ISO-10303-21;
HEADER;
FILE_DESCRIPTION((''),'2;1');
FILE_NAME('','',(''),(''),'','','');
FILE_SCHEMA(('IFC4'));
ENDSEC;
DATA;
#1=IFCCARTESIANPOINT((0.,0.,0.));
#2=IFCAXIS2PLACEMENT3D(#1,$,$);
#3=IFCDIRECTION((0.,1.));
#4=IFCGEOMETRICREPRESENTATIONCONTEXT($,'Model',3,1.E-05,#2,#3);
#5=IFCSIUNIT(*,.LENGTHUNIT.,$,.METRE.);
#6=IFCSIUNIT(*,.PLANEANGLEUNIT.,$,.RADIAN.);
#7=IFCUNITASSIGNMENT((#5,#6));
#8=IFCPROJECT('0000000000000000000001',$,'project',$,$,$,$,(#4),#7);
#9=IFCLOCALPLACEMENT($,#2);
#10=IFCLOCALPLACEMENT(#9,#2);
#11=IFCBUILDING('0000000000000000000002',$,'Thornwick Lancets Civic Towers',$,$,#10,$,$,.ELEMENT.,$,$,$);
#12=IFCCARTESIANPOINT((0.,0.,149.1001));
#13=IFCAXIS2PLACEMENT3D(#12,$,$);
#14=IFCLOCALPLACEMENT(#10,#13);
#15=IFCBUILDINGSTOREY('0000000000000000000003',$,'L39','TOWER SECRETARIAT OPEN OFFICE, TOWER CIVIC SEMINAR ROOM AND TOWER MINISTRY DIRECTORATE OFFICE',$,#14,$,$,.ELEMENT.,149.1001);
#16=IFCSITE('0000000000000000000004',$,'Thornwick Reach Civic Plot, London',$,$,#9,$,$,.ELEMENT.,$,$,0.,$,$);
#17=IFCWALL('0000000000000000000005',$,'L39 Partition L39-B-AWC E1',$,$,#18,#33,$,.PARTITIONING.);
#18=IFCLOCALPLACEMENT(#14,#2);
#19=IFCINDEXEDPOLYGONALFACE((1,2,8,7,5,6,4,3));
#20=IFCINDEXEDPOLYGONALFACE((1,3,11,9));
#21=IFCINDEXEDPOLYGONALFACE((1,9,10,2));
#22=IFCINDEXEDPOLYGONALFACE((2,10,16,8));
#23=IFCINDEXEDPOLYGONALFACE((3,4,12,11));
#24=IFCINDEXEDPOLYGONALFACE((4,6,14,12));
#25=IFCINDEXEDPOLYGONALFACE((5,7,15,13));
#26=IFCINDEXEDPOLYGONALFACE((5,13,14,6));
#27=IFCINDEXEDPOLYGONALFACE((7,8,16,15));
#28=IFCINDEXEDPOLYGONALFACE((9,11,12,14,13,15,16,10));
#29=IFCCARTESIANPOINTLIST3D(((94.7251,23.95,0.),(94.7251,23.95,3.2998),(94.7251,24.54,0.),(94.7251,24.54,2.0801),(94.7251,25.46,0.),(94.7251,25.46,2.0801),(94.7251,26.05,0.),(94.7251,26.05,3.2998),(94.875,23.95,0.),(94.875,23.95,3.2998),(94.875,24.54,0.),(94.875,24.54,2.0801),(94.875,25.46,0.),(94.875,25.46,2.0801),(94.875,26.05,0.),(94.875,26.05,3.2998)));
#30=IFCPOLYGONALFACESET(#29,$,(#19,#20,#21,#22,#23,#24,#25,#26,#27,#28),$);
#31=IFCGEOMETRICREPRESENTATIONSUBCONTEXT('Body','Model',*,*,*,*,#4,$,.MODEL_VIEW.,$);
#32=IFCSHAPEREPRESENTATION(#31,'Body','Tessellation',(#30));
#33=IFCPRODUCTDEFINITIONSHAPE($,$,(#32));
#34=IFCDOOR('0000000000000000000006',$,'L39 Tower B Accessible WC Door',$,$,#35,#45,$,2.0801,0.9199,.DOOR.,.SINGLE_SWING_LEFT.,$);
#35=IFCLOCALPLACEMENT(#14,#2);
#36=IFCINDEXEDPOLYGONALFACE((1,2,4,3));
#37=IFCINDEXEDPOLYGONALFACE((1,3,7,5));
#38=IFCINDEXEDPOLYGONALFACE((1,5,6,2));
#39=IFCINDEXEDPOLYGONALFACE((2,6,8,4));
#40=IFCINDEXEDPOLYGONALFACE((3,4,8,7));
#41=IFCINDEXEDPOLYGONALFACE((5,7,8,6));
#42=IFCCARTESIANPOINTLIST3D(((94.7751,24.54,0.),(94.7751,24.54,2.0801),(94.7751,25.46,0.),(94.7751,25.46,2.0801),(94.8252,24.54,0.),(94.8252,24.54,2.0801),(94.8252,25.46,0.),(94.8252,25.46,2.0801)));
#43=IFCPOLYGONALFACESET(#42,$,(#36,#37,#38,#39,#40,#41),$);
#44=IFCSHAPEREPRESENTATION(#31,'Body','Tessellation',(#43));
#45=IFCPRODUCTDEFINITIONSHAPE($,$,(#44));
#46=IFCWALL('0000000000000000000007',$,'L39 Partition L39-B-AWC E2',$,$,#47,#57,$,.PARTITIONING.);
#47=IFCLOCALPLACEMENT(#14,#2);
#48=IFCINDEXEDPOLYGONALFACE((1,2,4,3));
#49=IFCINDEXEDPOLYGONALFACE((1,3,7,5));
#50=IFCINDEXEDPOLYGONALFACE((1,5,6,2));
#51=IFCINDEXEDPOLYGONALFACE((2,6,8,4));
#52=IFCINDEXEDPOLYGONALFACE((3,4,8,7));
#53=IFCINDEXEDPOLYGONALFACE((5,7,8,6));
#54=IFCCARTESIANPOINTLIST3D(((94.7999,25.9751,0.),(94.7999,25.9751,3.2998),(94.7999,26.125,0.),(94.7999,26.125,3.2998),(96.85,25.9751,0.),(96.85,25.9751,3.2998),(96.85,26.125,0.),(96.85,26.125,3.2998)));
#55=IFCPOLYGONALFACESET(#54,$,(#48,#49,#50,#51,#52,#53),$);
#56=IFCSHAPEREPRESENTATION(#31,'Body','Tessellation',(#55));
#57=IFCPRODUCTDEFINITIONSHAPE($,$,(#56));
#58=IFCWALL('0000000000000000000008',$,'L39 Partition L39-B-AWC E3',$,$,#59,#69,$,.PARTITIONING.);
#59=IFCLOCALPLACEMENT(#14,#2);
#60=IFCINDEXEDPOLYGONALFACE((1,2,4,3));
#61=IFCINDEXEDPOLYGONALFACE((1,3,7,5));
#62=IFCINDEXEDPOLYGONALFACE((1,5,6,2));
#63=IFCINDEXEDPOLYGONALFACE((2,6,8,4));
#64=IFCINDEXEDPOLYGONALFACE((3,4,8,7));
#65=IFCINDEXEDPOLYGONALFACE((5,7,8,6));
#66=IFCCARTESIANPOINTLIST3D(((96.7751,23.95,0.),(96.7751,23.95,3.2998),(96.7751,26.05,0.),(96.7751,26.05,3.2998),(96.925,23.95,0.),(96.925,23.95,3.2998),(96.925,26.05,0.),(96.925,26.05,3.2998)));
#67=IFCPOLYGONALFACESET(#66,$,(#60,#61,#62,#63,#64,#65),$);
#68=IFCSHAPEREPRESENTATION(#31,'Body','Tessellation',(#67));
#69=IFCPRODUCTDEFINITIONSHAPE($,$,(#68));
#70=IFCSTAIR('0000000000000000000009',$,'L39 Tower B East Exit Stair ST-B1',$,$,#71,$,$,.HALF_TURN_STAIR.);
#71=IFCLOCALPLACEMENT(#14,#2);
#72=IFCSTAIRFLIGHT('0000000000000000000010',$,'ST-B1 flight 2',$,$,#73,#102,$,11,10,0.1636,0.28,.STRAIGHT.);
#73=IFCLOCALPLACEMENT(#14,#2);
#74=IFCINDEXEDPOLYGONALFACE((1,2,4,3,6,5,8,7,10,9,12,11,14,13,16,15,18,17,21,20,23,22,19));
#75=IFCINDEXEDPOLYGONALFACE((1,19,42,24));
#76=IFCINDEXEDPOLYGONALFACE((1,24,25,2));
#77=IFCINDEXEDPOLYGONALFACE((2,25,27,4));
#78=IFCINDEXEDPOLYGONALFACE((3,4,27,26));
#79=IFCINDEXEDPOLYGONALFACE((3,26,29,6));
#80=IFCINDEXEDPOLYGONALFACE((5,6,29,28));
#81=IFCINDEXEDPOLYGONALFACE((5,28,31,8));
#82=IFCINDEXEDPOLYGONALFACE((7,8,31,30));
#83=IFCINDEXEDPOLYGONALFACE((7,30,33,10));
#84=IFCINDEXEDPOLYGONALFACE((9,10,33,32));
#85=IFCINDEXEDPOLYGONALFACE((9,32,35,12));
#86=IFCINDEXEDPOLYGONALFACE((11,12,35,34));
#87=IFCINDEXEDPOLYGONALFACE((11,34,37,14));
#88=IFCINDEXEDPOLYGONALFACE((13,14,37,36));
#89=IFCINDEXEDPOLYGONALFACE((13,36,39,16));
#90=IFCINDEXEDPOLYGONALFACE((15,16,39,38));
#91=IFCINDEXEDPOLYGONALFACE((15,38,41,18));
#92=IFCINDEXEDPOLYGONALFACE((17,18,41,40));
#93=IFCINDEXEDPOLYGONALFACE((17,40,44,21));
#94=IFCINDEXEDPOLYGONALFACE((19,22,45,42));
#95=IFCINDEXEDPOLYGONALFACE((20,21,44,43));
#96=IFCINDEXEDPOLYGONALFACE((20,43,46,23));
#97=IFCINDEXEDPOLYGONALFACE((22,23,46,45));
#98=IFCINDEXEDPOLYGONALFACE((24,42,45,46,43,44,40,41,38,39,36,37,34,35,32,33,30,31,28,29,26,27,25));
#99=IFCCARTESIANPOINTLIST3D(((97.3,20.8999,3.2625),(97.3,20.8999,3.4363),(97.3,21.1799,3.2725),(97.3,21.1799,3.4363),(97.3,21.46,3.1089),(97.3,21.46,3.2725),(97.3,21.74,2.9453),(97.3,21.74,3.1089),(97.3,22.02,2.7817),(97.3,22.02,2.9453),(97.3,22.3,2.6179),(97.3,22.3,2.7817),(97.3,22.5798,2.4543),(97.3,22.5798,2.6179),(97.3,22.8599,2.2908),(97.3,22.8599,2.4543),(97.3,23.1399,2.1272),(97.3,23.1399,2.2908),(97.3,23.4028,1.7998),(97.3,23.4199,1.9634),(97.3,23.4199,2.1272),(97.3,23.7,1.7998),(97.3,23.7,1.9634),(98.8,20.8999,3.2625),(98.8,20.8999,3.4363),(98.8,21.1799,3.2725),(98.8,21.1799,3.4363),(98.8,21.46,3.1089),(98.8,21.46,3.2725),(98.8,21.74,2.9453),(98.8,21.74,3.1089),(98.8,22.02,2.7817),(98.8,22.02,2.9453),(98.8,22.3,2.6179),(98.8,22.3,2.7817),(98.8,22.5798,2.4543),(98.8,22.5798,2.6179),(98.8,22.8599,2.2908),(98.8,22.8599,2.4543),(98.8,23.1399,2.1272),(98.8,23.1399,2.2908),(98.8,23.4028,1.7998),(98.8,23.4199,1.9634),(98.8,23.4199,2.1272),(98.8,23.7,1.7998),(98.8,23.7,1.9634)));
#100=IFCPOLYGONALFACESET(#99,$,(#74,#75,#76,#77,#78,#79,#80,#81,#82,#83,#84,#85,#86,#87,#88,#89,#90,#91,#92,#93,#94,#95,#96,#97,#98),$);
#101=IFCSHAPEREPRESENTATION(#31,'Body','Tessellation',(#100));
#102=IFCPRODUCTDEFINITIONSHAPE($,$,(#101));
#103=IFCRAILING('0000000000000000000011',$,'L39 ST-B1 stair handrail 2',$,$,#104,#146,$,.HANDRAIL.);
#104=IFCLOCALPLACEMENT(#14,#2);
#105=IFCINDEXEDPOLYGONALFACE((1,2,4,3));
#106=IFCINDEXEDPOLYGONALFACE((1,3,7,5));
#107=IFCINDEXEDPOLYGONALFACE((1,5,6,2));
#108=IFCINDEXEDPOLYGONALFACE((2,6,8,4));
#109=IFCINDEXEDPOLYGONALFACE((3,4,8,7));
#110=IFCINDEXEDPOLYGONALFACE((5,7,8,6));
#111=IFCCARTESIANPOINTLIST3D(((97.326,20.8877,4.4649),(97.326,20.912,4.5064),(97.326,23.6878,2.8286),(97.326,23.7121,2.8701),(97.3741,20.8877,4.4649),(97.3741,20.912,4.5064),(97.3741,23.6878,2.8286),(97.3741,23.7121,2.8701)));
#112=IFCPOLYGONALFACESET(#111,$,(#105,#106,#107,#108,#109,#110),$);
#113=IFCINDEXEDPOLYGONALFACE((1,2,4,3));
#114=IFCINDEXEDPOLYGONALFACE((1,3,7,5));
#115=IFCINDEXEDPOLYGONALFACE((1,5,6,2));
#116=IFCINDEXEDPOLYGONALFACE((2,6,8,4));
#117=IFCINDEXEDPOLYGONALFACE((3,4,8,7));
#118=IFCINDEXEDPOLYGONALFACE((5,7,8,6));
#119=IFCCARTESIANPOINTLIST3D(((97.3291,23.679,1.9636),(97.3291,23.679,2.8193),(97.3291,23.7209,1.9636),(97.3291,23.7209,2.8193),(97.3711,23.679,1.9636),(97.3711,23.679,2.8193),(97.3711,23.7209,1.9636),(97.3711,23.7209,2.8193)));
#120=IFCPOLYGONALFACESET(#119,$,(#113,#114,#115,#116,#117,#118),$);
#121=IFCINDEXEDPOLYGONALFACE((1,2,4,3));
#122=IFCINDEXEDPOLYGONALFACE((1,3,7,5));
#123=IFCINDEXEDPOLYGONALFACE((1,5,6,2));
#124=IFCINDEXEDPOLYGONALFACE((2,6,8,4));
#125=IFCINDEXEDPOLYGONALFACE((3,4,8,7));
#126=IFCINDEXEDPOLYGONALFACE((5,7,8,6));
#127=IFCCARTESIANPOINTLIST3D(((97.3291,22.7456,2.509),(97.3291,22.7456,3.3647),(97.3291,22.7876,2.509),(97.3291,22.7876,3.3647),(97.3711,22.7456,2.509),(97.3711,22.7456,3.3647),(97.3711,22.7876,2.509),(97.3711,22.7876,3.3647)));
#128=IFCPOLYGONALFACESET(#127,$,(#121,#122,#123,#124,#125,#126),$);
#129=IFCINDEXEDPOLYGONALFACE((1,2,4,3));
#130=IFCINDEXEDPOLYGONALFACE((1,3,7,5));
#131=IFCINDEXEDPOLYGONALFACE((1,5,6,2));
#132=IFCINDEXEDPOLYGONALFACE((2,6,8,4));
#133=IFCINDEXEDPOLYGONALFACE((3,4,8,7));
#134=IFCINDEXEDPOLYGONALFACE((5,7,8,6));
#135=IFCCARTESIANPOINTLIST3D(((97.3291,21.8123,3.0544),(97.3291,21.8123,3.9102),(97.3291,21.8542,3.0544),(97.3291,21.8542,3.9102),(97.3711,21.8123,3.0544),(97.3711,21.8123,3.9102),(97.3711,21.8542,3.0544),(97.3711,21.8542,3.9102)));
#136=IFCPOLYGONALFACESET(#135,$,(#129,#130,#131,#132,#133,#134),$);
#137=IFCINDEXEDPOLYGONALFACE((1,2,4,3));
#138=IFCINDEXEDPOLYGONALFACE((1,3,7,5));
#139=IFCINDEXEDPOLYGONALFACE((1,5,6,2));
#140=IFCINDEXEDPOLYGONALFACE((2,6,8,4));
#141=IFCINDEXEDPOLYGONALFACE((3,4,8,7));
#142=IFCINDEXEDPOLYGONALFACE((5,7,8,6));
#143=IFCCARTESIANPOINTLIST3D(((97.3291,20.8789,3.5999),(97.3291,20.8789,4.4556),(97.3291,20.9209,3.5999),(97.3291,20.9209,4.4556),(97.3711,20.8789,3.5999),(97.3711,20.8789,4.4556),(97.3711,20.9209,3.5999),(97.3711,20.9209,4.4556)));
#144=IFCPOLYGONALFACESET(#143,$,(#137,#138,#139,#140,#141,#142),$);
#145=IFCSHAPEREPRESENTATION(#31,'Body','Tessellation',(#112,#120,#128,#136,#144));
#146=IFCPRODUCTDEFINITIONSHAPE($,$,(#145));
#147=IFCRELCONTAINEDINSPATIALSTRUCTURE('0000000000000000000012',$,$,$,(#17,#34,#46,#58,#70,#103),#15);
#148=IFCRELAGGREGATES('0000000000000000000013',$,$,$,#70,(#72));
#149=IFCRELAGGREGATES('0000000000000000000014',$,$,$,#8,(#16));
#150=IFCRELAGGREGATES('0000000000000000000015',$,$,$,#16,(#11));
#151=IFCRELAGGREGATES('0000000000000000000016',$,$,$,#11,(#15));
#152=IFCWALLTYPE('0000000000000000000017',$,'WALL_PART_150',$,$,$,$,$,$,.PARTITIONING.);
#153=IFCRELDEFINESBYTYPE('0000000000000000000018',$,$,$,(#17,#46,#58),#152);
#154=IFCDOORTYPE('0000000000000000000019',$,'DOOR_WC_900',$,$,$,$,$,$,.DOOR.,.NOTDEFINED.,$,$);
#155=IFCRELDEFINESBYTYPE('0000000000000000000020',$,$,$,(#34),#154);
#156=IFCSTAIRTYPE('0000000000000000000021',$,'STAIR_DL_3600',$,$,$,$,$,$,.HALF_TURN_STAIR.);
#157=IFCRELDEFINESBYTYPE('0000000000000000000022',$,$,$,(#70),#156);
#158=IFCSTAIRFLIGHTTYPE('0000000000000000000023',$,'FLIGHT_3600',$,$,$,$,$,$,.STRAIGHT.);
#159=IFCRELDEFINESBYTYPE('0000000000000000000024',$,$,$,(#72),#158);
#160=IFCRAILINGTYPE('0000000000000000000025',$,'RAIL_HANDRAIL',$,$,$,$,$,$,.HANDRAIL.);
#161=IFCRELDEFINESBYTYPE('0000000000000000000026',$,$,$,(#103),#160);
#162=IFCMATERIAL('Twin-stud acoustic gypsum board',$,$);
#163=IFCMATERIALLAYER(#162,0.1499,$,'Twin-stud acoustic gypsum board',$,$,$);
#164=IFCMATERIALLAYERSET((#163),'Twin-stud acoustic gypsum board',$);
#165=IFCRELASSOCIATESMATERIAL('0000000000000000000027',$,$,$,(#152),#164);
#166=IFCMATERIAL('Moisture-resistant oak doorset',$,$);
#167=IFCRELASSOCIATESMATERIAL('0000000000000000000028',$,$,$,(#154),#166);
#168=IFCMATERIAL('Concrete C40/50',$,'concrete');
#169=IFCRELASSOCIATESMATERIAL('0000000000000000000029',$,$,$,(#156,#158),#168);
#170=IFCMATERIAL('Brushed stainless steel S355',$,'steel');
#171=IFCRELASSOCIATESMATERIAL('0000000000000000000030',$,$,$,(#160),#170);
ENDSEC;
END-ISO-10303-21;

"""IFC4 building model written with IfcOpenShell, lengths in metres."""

from ifc_helpers import new_model, si_unit, direction, frame, frame_2d, origin, origin_2d, place, context, subcontext, project, spatial, polyline, rectangle, outline, extrude, material, layer, layer_set, type_object, element, fill, aggregate, save


model = new_model("IFC4")

# Units and contexts
model_context = context("Model", 3, precision=1e-05, world=origin(), true_north=direction((0.0, 1.0)))
body_context = subcontext(model_context, "Body", "Model", "MODEL_VIEW")
ifc_project = project(units=[si_unit("LENGTHUNIT", "METRE"), si_unit("PLANEANGLEUNIT", "RADIAN")], contexts=[model_context])

# Site, building, storey
site_placement = place(None, origin())
site = spatial("IfcSite", under=ifc_project, at=site_placement, Name="Thornwick Reach Civic Plot, London", CompositionType="ELEMENT", RefElevation=0.0)
building_placement = place(site_placement, origin())
building = spatial("IfcBuilding", under=site, at=building_placement, Name="Thornwick Lancets Civic Towers", CompositionType="ELEMENT")
storey_placement = place(building_placement, frame((0.0, 0.0, 149.1001)))
storey = spatial("IfcBuildingStorey", under=building, at=storey_placement, Name="L39", Description="TOWER SECRETARIAT OPEN OFFICE, TOWER CIVIC SEMINAR ROOM AND TOWER MINISTRY DIRECTORATE OFFICE", CompositionType="ELEMENT", Elevation=149.1001)

# Shared definitions
ifc_material_1 = material(Name="Twin-stud acoustic gypsum board")
ifc_layer_1 = layer(ifc_material_1, 0.1499, Name="Twin-stud acoustic gypsum board")
ifc_layer_set_1 = layer_set([ifc_layer_1], Name="Twin-stud acoustic gypsum board")
wall_type_1 = type_object("IfcWallType", Name="WALL_PART_150", PredefinedType="PARTITIONING", material=ifc_layer_set_1)

# Wall, opening, door
ifc_material_2 = material(Name="Moisture-resistant oak doorset")
door_type_1 = type_object("IfcDoorType", Name="DOOR_WC_900", OperationType="NOTDEFINED", PredefinedType="DOOR", material=ifc_material_2)
wall_1_placement = place(storey_placement, frame((94.8, 23.95, 0.0), z_axis=(0.0, 0.0, 1.0), x_axis=(0.0, 1.0, 0.0)))
wall_1 = element("IfcWall", 1, at=wall_1_placement, inside=storey, type_object=wall_type_1, Name="L39 Partition L39-B-AWC E1", PredefinedType="PARTITIONING", context=body_context, shape_type="SweptSolid", body=[
    extrude(rectangle(XDim=2.1001, YDim=0.1499, at=frame_2d((1.05, 0.0))), origin(), (0.0, 0.0, 1.0), 3.2998),
])
opening_1_placement = place(wall_1_placement, frame((0.5901, 0.0, 0.0)))
opening_1 = element("IfcOpeningElement", 2, at=opening_1_placement, cuts=wall_1, PredefinedType="OPENING", context=body_context, shape_type="SweptSolid", body=[
    extrude(rectangle(XDim=0.9199, YDim=2.0801, at=frame_2d((0.46, 1.04))), frame((0.0, 0.085, 0.0), z_axis=(0.0, -1.0, 0.0), x_axis=(1.0, 0.0, 0.0)), (0.0, 0.0, 1.0), 0.1699),
])
door_1_placement = place(opening_1_placement, origin())
door_1 = element("IfcDoor", 3, at=door_1_placement, inside=storey, type_object=door_type_1, Name="L39 Tower B Accessible WC Door", OperationType="SINGLE_SWING_LEFT", OverallHeight=2.0801, OverallWidth=0.9199, PredefinedType="DOOR", context=body_context, shape_type="SweptSolid", body=[
    extrude(rectangle(XDim=0.9199, YDim=2.0801, at=frame_2d((0.46, 1.04))), frame((0.0, 0.0249, 0.0), z_axis=(0.0, -1.0, 0.0), x_axis=(1.0, 0.0, 0.0)), (0.0, 0.0, 1.0), 0.05),
])
fill(opening_1, door_1)

# Walls
wall_2_placement = place(storey_placement, frame((94.8, 26.05, 0.0), z_axis=(0.0, 0.0, 1.0), x_axis=(1.0, 0.0, 0.0)))
element("IfcWall", 4, at=wall_2_placement, inside=storey, type_object=wall_type_1, Name="L39 Partition L39-B-AWC E2", PredefinedType="PARTITIONING", context=body_context, shape_type="SweptSolid", body=[
    extrude(rectangle(XDim=2.05, YDim=0.1499, at=frame_2d((1.0249, 0.0))), origin(), (0.0, 0.0, 1.0), 3.2998),
])
wall_3_placement = place(storey_placement, frame((96.8501, 26.05, 0.0), z_axis=(0.0, 0.0, 1.0), x_axis=(0.0, -1.0, 0.0)))
element("IfcWall", 5, at=wall_3_placement, inside=storey, type_object=wall_type_1, Name="L39 Partition L39-B-AWC E3", PredefinedType="PARTITIONING", context=body_context, shape_type="SweptSolid", body=[
    extrude(rectangle(XDim=2.1001, YDim=0.1499, at=frame_2d((1.05, 0.0))), origin(), (0.0, 0.0, 1.0), 3.2998),
])

# Stair, stair flight
ifc_material_3 = material(Name="Concrete C40/50", Category="concrete")
stair_type = type_object("IfcStairType", Name="STAIR_DL_3600", PredefinedType="HALF_TURN_STAIR", material=ifc_material_3)
stair_placement = place(storey_placement, origin())
stair = element("IfcStair", 6, at=stair_placement, inside=storey, type_object=stair_type, Name="L39 Tower B East Exit Stair ST-B1", PredefinedType="HALF_TURN_STAIR")
stair_flight_type = type_object("IfcStairFlightType", Name="FLIGHT_3600", PredefinedType="STRAIGHT", material=ifc_material_3)
stair_flight_placement = place(storey_placement, frame((98.05, 23.7, 1.7998), z_axis=(0.0, 0.0, 1.0), x_axis=(0.0, -1.0, 0.0)))
stair_flight = element("IfcStairFlight", 7, at=stair_flight_placement, type_object=stair_flight_type, Name="ST-B1 flight 2", NumberOfRisers=11, NumberOfTreads=10, PredefinedType="STRAIGHT", RiserHeight=0.1636, TreadLength=0.28, context=body_context, shape_type="SweptSolid", body=[
    extrude(outline(polyline([(0.0, 0.0), (0.0, 0.1636), (0.28, 0.1636), (0.28, 0.3274), (0.5601, 0.3274), (0.5601, 0.491), (0.8401, 0.491), (0.8401, 0.6545), (1.1201, 0.6545), (1.1201, 0.8181), (1.3999, 0.8181), (1.3999, 0.9819), (1.6799, 0.9819), (1.6799, 1.1455), (1.96, 1.1455), (1.96, 1.3091), (2.24, 1.3091), (2.24, 1.4727), (2.52, 1.4727), (2.52, 1.6365), (2.8, 1.6365), (2.8, 1.8), (2.8, 1.4626), (0.2971, 0.0), (0.0, 0.0)])), frame((0.0, 0.75, 0.0), z_axis=(0.0, -1.0, 0.0), x_axis=(1.0, 0.0, 0.0)), (0.0, 0.0, 1.0), 1.5),
])
aggregate(stair, [stair_flight])

# Railing
ifc_material_4 = material(Name="Brushed stainless steel S355", Category="steel")
railing_type_1 = type_object("IfcRailingType", Name="RAIL_HANDRAIL", PredefinedType="HANDRAIL", material=ifc_material_4)
railing_1_placement = place(storey_placement, frame((97.3501, 23.7, 1.9636)))
element("IfcRailing", 8, at=railing_1_placement, inside=storey, type_object=railing_type_1, Name="L39 ST-B1 stair handrail 2", PredefinedType="HANDRAIL", context=body_context, shape_type="SweptSolid", body=[
    extrude(rectangle(XDim=0.0481, YDim=0.0481, at=origin_2d()), frame((0.0, 0.0, 0.8857), z_axis=(0.0, -0.863394, 0.504531), x_axis=(1.0, 0.0, 0.0)), (0.0, 0.0, 1.0), 3.2432),
    extrude(rectangle(XDim=0.042, YDim=0.042, at=origin_2d()), origin(), (0.0, 0.0, 1.0), 0.8557),
    extrude(rectangle(XDim=0.042, YDim=0.042, at=origin_2d()), frame((0.0, -0.9333, 0.5454)), (0.0, 0.0, 1.0), 0.8557),
    extrude(rectangle(XDim=0.042, YDim=0.042, at=origin_2d()), frame((0.0, -1.8667, 1.0908)), (0.0, 0.0, 1.0), 0.8557),
    extrude(rectangle(XDim=0.042, YDim=0.042, at=origin_2d()), frame((0.0, -2.8, 1.6362)), (0.0, 0.0, 1.0), 0.8557),
])

save(model, "model.ifc")
